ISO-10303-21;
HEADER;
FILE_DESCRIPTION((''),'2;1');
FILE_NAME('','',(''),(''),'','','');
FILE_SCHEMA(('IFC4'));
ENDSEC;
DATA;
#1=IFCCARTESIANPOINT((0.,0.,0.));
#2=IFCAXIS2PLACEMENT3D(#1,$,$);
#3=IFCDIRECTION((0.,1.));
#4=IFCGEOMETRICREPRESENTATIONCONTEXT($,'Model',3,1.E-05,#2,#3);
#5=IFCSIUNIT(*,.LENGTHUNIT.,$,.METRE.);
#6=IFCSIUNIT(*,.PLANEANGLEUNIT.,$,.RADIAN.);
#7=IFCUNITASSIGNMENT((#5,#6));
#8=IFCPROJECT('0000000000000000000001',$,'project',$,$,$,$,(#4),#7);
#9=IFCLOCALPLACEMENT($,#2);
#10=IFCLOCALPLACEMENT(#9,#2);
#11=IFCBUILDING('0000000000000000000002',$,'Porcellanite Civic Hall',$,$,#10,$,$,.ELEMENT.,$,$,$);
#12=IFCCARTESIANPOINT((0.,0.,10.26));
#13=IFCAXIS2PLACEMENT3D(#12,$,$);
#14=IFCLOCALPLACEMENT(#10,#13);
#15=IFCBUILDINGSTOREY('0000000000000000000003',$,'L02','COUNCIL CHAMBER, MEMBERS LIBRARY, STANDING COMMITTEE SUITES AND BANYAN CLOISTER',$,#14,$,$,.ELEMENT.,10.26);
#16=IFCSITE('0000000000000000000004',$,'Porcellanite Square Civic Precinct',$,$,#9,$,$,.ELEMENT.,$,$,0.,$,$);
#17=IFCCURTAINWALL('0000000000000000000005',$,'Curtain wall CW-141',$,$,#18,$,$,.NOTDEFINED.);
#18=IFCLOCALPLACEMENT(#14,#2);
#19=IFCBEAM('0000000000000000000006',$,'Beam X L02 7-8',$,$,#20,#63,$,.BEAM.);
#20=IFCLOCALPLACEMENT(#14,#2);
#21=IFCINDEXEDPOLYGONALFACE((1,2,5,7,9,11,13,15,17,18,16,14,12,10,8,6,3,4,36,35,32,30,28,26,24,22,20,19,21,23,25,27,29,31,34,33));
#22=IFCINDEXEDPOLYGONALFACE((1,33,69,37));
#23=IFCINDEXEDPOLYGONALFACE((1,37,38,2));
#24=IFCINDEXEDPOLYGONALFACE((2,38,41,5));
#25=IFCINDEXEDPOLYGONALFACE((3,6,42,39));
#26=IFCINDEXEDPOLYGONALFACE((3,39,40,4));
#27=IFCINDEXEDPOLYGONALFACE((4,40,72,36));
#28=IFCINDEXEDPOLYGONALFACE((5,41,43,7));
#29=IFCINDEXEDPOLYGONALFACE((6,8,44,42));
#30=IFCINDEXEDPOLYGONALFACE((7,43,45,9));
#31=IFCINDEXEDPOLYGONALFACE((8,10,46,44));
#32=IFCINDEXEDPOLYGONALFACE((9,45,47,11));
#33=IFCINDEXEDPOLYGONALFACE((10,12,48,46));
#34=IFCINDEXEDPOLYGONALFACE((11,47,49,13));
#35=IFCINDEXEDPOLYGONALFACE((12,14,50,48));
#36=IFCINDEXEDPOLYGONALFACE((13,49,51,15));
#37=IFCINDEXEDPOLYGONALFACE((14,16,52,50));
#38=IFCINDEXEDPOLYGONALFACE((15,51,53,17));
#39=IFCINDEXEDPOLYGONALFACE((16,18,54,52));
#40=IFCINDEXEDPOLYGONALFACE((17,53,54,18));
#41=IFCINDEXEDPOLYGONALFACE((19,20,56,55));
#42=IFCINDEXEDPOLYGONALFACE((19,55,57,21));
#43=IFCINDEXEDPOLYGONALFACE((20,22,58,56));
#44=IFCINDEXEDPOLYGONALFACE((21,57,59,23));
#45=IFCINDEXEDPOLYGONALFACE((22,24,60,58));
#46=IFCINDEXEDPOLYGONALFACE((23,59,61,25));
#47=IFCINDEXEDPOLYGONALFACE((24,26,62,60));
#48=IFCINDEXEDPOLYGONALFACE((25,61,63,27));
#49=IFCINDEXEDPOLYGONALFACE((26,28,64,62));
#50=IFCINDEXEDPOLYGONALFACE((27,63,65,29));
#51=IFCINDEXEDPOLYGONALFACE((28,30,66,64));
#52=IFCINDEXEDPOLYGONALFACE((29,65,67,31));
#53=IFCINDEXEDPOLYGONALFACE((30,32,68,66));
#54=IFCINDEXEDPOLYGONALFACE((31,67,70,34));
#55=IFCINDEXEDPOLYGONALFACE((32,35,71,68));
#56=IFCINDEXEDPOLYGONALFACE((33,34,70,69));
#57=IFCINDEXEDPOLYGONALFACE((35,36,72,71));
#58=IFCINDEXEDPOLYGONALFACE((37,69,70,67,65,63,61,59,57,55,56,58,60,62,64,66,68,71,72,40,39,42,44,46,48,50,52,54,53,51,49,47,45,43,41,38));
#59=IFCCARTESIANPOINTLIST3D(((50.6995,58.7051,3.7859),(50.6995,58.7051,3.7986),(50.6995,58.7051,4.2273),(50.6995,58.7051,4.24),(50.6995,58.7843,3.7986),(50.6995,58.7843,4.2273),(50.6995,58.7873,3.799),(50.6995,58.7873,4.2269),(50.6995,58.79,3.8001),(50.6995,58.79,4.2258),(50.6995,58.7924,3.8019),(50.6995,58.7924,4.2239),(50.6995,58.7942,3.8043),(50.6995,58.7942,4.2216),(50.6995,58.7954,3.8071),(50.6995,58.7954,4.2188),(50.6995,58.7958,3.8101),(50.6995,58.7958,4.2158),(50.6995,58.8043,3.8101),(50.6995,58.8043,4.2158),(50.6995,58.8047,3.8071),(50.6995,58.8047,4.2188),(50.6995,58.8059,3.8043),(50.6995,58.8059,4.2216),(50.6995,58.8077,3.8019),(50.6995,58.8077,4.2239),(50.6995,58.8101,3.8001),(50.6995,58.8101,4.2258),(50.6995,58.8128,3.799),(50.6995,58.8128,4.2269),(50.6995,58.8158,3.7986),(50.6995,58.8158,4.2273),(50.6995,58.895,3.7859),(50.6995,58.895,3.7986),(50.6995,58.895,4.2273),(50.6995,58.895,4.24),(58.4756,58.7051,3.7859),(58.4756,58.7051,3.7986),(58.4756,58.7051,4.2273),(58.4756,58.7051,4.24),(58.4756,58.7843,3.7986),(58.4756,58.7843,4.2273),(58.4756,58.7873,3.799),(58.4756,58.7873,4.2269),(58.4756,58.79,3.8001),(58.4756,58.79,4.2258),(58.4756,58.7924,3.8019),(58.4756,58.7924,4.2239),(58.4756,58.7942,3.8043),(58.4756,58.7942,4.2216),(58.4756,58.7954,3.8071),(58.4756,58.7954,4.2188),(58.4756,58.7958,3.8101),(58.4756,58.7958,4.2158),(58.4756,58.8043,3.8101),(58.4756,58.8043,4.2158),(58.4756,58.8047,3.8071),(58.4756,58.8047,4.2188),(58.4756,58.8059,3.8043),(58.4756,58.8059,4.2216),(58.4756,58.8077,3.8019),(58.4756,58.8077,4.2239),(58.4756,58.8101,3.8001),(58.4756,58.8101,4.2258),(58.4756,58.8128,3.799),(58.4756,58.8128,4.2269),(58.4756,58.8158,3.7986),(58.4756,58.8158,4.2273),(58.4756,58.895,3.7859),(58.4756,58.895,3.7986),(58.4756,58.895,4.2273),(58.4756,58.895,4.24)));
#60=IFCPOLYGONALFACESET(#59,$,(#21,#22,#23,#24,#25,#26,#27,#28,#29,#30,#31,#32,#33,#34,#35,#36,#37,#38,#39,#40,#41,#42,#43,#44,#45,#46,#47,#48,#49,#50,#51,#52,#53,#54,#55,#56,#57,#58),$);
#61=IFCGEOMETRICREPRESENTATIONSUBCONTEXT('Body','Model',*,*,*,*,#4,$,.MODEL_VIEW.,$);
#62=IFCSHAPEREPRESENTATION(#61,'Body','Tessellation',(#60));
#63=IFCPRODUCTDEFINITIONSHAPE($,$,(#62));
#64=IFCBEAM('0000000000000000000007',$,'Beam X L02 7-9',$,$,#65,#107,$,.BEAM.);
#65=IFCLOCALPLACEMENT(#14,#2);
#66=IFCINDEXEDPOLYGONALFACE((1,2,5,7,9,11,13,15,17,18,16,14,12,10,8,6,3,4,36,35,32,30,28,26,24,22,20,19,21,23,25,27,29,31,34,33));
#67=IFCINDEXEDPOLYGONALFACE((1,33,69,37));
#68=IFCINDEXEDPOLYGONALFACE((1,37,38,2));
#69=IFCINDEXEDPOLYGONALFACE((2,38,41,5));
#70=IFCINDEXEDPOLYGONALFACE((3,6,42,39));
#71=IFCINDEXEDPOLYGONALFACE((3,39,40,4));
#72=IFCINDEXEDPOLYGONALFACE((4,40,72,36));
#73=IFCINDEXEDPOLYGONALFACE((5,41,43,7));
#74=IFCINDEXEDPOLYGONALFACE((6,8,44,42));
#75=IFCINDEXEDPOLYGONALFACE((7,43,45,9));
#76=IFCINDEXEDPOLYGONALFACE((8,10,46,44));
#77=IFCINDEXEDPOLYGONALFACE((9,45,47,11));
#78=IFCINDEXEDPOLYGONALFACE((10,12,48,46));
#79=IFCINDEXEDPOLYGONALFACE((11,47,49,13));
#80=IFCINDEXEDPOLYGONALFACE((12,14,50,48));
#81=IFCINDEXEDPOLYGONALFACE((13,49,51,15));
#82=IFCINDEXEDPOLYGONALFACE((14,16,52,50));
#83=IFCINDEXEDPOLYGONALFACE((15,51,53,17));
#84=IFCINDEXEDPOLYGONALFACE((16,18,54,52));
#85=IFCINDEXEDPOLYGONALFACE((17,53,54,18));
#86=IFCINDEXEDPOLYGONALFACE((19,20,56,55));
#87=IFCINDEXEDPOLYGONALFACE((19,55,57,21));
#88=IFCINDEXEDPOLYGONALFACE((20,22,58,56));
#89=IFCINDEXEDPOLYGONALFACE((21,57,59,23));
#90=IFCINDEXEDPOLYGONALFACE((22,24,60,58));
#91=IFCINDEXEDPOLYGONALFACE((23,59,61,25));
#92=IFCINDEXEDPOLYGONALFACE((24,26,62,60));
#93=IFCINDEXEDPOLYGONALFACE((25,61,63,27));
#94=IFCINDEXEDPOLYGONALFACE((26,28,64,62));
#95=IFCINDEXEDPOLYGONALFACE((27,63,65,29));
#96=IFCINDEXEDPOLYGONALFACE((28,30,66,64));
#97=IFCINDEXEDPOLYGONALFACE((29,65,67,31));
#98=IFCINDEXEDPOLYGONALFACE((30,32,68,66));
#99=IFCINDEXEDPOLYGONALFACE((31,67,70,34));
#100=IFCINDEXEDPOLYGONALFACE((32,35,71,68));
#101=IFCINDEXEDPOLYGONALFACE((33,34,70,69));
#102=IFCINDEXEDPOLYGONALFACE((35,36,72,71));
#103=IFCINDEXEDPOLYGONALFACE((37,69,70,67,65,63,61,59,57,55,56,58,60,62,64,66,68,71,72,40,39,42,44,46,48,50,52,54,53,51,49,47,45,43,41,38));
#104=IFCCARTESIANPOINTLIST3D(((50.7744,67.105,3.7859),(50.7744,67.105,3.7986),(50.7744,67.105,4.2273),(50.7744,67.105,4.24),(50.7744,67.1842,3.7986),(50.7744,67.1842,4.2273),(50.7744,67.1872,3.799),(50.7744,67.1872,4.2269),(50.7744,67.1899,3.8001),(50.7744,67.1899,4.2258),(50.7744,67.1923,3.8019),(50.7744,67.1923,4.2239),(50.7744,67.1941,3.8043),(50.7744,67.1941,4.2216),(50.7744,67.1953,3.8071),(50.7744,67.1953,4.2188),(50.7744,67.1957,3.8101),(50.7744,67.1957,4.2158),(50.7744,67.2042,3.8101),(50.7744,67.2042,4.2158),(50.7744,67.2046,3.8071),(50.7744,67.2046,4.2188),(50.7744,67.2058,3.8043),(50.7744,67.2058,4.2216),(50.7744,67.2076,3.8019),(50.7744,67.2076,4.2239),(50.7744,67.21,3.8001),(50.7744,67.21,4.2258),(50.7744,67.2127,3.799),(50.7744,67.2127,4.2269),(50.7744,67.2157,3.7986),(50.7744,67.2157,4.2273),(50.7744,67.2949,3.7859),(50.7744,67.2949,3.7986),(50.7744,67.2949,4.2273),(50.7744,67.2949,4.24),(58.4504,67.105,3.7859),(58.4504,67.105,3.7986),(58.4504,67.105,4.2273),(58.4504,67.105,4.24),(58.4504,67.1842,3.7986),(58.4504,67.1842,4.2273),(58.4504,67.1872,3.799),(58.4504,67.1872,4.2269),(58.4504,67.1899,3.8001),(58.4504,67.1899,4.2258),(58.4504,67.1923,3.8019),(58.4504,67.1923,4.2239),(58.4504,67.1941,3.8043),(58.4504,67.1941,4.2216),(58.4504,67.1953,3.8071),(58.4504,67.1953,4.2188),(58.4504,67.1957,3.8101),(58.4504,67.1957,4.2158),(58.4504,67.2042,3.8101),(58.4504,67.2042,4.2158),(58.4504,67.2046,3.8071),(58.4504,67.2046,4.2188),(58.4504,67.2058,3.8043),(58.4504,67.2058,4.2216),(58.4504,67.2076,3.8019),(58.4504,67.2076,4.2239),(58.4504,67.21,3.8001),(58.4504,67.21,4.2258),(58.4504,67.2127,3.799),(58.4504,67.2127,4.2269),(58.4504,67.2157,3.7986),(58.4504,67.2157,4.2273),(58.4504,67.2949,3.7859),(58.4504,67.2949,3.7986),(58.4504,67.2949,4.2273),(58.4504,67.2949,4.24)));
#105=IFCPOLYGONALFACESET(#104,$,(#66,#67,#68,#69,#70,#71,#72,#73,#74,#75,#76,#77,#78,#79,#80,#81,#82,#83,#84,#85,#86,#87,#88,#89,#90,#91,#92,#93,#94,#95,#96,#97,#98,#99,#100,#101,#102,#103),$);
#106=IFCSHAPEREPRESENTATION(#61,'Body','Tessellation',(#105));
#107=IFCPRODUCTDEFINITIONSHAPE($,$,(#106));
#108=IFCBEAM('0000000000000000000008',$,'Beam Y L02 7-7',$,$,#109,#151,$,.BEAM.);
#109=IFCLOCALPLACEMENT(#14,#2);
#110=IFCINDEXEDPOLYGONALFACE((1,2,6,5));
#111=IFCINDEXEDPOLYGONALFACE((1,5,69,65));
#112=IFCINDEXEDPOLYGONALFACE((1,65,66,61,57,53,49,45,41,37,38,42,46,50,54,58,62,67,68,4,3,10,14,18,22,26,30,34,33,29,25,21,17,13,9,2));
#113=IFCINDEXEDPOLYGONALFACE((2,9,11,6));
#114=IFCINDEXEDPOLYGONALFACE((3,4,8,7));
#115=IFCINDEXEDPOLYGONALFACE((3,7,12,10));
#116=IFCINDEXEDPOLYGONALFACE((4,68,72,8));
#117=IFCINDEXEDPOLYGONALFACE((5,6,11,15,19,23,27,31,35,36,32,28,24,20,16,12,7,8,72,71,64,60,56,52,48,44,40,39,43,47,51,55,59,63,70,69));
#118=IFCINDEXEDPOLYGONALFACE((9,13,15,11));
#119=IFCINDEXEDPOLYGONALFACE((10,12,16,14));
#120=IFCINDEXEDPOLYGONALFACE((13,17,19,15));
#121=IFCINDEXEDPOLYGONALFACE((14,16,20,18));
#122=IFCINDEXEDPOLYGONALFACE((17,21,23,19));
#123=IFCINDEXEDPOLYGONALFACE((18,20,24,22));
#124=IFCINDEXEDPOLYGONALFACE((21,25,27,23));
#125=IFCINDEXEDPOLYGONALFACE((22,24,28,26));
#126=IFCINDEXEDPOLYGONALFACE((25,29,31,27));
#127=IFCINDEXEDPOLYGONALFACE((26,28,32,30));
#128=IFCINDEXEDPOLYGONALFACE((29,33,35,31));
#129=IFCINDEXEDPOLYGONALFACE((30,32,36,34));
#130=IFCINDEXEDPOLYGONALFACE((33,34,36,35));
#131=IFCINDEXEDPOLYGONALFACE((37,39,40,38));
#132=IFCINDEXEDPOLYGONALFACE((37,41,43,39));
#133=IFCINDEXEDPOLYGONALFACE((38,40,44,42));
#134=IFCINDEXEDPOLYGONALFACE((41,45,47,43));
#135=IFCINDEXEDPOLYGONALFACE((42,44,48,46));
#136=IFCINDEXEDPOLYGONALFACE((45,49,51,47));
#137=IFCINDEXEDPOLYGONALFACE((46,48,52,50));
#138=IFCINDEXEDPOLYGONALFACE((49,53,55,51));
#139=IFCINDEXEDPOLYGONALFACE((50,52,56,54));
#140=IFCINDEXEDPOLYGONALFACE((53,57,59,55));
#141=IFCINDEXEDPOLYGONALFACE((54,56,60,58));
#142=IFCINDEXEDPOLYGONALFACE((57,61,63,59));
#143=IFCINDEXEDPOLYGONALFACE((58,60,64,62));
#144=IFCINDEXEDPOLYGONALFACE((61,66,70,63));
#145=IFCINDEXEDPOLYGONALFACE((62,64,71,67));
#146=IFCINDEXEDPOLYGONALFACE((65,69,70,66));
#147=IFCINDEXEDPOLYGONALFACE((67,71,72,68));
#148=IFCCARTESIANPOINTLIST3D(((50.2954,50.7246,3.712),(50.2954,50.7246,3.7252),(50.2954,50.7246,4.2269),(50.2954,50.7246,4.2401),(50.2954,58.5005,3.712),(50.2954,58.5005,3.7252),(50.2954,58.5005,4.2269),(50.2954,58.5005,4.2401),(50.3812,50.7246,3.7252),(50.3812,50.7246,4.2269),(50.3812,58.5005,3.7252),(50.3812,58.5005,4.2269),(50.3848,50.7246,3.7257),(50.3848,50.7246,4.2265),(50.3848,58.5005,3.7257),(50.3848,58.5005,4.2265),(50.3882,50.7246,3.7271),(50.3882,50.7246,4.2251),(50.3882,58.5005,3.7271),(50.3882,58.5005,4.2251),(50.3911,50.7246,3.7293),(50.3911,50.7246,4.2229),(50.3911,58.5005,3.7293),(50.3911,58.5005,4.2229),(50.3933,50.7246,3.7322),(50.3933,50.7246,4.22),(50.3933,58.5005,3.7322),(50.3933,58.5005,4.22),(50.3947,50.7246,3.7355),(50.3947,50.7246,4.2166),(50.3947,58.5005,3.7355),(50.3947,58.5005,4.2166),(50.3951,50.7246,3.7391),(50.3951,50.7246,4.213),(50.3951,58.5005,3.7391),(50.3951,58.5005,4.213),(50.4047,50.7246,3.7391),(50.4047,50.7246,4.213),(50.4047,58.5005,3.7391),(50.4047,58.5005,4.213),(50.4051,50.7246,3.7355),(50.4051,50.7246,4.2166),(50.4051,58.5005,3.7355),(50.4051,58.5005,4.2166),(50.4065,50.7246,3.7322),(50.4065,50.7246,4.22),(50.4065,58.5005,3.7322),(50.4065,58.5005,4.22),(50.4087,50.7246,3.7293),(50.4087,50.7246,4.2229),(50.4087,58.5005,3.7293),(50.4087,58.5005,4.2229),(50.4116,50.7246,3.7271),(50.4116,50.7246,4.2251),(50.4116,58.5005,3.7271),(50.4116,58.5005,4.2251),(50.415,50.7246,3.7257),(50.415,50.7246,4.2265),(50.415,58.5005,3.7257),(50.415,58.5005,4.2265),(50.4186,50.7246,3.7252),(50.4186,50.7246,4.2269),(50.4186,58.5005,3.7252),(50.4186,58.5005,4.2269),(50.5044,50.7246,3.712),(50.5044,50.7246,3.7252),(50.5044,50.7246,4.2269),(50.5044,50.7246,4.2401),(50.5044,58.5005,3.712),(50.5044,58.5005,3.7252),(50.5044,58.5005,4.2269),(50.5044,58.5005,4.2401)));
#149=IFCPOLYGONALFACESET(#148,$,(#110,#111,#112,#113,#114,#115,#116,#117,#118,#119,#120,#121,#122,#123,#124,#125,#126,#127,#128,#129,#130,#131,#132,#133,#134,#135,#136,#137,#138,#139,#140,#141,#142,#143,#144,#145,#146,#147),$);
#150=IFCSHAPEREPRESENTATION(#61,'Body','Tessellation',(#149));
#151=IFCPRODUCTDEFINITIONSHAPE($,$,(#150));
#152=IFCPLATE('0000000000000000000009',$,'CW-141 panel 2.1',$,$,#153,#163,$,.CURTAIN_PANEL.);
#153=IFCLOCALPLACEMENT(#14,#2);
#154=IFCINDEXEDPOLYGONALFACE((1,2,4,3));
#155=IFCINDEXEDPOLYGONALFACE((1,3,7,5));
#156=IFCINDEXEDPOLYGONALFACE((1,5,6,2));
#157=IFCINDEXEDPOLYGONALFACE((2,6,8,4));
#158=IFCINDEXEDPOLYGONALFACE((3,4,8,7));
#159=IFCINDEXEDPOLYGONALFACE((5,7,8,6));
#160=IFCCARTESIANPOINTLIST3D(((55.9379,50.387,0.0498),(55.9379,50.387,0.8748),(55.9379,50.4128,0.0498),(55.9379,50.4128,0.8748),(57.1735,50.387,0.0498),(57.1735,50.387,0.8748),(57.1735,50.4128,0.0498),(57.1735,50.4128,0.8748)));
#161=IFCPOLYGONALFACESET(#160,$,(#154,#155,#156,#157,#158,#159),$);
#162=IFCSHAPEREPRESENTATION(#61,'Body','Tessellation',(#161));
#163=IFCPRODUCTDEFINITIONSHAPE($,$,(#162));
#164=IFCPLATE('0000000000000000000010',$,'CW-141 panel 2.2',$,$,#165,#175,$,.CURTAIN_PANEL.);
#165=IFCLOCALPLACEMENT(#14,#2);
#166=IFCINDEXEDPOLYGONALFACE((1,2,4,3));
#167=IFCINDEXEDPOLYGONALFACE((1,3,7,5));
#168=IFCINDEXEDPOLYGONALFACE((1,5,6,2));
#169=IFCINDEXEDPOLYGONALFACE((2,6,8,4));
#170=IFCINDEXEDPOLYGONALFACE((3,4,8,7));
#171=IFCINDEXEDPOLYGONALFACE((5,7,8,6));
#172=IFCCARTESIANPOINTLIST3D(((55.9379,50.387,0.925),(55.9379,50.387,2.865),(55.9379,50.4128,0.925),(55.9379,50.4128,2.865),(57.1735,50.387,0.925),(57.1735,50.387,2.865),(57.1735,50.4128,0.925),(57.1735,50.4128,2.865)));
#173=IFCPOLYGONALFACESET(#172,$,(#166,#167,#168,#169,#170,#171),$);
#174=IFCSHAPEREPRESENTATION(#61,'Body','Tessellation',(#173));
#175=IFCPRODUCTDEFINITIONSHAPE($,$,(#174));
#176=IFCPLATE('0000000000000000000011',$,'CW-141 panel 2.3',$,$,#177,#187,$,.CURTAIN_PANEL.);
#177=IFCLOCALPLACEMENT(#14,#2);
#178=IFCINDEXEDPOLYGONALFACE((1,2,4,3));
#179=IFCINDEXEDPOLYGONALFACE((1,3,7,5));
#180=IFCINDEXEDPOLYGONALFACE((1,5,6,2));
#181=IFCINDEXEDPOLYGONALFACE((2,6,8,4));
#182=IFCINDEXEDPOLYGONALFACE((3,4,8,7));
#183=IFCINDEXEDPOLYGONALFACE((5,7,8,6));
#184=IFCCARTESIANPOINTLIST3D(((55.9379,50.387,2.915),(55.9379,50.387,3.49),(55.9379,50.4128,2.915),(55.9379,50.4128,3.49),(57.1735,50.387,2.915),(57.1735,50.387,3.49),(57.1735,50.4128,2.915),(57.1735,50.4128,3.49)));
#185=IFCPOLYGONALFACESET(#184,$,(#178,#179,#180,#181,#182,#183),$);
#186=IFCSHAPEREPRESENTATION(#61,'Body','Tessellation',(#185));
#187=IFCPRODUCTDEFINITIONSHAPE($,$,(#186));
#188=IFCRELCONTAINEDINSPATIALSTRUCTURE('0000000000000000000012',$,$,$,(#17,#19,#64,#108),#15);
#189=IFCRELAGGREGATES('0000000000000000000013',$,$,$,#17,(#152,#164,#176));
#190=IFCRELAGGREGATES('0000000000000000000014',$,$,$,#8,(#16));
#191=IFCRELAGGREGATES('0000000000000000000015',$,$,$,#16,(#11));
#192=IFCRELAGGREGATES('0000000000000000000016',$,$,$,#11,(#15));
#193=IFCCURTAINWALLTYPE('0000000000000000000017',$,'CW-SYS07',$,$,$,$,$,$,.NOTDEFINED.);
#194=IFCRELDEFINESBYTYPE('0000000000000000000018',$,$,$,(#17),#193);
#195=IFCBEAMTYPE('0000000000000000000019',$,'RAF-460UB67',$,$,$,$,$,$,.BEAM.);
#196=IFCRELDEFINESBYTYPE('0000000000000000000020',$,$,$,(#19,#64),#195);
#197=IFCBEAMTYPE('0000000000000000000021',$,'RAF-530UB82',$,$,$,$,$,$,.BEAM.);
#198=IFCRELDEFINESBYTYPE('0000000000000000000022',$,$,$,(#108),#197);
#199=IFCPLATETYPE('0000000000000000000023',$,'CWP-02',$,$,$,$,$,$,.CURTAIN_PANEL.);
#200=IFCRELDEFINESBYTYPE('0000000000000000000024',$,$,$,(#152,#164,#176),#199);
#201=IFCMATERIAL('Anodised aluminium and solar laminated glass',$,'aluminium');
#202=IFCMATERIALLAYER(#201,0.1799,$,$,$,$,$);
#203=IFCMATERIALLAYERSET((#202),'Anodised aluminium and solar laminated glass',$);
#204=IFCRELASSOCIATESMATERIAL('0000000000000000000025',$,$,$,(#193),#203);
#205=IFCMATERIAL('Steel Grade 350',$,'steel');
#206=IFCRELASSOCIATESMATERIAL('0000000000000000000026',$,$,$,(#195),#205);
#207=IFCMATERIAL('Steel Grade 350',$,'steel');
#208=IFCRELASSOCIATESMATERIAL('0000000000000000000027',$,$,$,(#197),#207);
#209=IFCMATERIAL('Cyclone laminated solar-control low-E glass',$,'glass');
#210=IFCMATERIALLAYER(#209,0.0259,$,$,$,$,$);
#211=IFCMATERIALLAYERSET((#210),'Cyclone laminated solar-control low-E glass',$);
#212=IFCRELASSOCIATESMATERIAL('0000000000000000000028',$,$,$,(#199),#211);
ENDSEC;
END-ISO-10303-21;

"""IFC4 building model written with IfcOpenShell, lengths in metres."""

from ifc_helpers import new_model, si_unit, direction, frame, origin, origin_2d, place, context, subcontext, project, spatial, rectangle, i_section, extrude, material, layer, layer_set, material_profile, profile_set, type_object, element, aggregate, save


model = new_model("IFC4")

# Units and contexts
model_context = context("Model", 3, precision=1e-05, world=origin(), true_north=direction((0.0, 1.0)))
body_context = subcontext(model_context, "Body", "Model", "MODEL_VIEW")
ifc_project = project(units=[si_unit("LENGTHUNIT", "METRE"), si_unit("PLANEANGLEUNIT", "RADIAN")], contexts=[model_context])

# Site, building, storey
site_placement = place(None, origin())
site = spatial("IfcSite", under=ifc_project, at=site_placement, Name="Porcellanite Square Civic Precinct", CompositionType="ELEMENT", RefElevation=0.0)
building_placement = place(site_placement, origin())
building = spatial("IfcBuilding", under=site, at=building_placement, Name="Porcellanite Civic Hall", CompositionType="ELEMENT")
storey_placement = place(building_placement, frame((0.0, 0.0, 10.26)))
storey = spatial("IfcBuildingStorey", under=building, at=storey_placement, Name="L02", Description="COUNCIL CHAMBER, MEMBERS LIBRARY, STANDING COMMITTEE SUITES AND BANYAN CLOISTER", CompositionType="ELEMENT", Elevation=10.26)

# Curtain wall
ifc_material_1 = material(Name="Anodised aluminium and solar laminated glass", Category="aluminium")
ifc_layer_1 = layer(ifc_material_1, 0.1799)
ifc_layer_set_1 = layer_set([ifc_layer_1], Name="Anodised aluminium and solar laminated glass")
curtain_wall_type = type_object("IfcCurtainWallType", Name="CW-SYS07", PredefinedType="NOTDEFINED", material=ifc_layer_set_1)
curtain_wall_placement = place(storey_placement, origin())
curtain_wall = element("IfcCurtainWall", 1, at=curtain_wall_placement, inside=storey, type_object=curtain_wall_type, Name="Curtain wall CW-141", PredefinedType="NOTDEFINED")

# Beams
ifc_material_2 = material(Name="Steel Grade 350", Category="steel")
ifc_material_profile_1 = material_profile(ifc_material_2, i_section(OverallWidth=0.1899, OverallDepth=0.4541, WebThickness=0.0085, FlangeThickness=0.0127, FilletRadius=0.0115, at=origin_2d()), Name="460UB67.1")
ifc_profile_set_1 = profile_set([ifc_material_profile_1], Name="Steel Grade 350")
beam_type_1 = type_object("IfcBeamType", Name="RAF-460UB67", PredefinedType="BEAM", material=ifc_profile_set_1)
beam_1_placement = place(storey_placement, frame((50.6995, 58.8, 4.0129), z_axis=(1.0, 0.0, 0.0), x_axis=(0.0, 1.0, 0.0)))
element("IfcBeam", 2, at=beam_1_placement, inside=storey, type_object=beam_type_1, Name="Beam X L02 7-8", PredefinedType="BEAM", context=body_context, shape_type="SweptSolid", body=[
    extrude(i_section(OverallWidth=0.1899, OverallDepth=0.4541, WebThickness=0.0085, FlangeThickness=0.0127, FilletRadius=0.0115, at=origin_2d()), origin(), (0.0, 0.0, 1.0), 7.7761),
])
beam_2_placement = place(storey_placement, frame((50.7744, 67.2, 4.0129), z_axis=(1.0, 0.0, 0.0), x_axis=(0.0, 1.0, 0.0)))
element("IfcBeam", 3, at=beam_2_placement, inside=storey, type_object=beam_type_1, Name="Beam X L02 7-9", PredefinedType="BEAM", context=body_context, shape_type="SweptSolid", body=[
    extrude(i_section(OverallWidth=0.1899, OverallDepth=0.4541, WebThickness=0.0085, FlangeThickness=0.0127, FilletRadius=0.0115, at=origin_2d()), origin(), (0.0, 0.0, 1.0), 7.676),
])
ifc_material_3 = material(Name="Steel Grade 350", Category="steel")
ifc_material_profile_2 = material_profile(ifc_material_3, i_section(OverallWidth=0.209, OverallDepth=0.5281, WebThickness=0.0095, FlangeThickness=0.0132, FilletRadius=0.0139, at=origin_2d()), Name="530UB82.0")
ifc_profile_set_2 = profile_set([ifc_material_profile_2], Name="Steel Grade 350")
beam_type_2 = type_object("IfcBeamType", Name="RAF-530UB82", PredefinedType="BEAM", material=ifc_profile_set_2)
beam_3_placement = place(storey_placement, frame((50.3999, 50.7246, 3.9761), z_axis=(0.0, 1.0, 0.0), x_axis=(-1.0, 0.0, 0.0)))
element("IfcBeam", 4, at=beam_3_placement, inside=storey, type_object=beam_type_2, Name="Beam Y L02 7-7", PredefinedType="BEAM", context=body_context, shape_type="SweptSolid", body=[
    extrude(i_section(OverallWidth=0.209, OverallDepth=0.5281, WebThickness=0.0095, FlangeThickness=0.0132, FilletRadius=0.0139, at=origin_2d()), origin(), (0.0, 0.0, 1.0), 7.7759),
])

# Plates
ifc_material_4 = material(Name="Cyclone laminated solar-control low-E glass", Category="glass")
ifc_layer_2 = layer(ifc_material_4, 0.0259)
ifc_layer_set_2 = layer_set([ifc_layer_2], Name="Cyclone laminated solar-control low-E glass")
plate_type = type_object("IfcPlateType", Name="CWP-02", PredefinedType="CURTAIN_PANEL", material=ifc_layer_set_2)
plate_1_placement = place(storey_placement, frame((56.5557, 50.3999, 0.0498), z_axis=(0.0, 0.0, 1.0), x_axis=(-1.0, 0.0, 0.0)))
plate_1 = element("IfcPlate", 5, at=plate_1_placement, type_object=plate_type, Name="CW-141 panel 2.1", PredefinedType="CURTAIN_PANEL", context=body_context, shape_type="SweptSolid", body=[
    extrude(rectangle(XDim=1.2356, YDim=0.0259, at=origin_2d()), origin(), (0.0, 0.0, 1.0), 0.825),
])
plate_2_placement = place(storey_placement, frame((56.5557, 50.3999, 0.925), z_axis=(0.0, 0.0, 1.0), x_axis=(-1.0, 0.0, 0.0)))
plate_2 = element("IfcPlate", 6, at=plate_2_placement, type_object=plate_type, Name="CW-141 panel 2.2", PredefinedType="CURTAIN_PANEL", context=body_context, shape_type="SweptSolid", body=[
    extrude(rectangle(XDim=1.2356, YDim=0.0259, at=origin_2d()), origin(), (0.0, 0.0, 1.0), 1.9399),
])
plate_3_placement = place(storey_placement, frame((56.5557, 50.3999, 2.915), z_axis=(0.0, 0.0, 1.0), x_axis=(-1.0, 0.0, 0.0)))
plate_3 = element("IfcPlate", 7, at=plate_3_placement, type_object=plate_type, Name="CW-141 panel 2.3", PredefinedType="CURTAIN_PANEL", context=body_context, shape_type="SweptSolid", body=[
    extrude(rectangle(XDim=1.2356, YDim=0.0259, at=origin_2d()), origin(), (0.0, 0.0, 1.0), 0.575),
])
aggregate(curtain_wall, [plate_1, plate_2, plate_3])

save(model, "model.ifc")
